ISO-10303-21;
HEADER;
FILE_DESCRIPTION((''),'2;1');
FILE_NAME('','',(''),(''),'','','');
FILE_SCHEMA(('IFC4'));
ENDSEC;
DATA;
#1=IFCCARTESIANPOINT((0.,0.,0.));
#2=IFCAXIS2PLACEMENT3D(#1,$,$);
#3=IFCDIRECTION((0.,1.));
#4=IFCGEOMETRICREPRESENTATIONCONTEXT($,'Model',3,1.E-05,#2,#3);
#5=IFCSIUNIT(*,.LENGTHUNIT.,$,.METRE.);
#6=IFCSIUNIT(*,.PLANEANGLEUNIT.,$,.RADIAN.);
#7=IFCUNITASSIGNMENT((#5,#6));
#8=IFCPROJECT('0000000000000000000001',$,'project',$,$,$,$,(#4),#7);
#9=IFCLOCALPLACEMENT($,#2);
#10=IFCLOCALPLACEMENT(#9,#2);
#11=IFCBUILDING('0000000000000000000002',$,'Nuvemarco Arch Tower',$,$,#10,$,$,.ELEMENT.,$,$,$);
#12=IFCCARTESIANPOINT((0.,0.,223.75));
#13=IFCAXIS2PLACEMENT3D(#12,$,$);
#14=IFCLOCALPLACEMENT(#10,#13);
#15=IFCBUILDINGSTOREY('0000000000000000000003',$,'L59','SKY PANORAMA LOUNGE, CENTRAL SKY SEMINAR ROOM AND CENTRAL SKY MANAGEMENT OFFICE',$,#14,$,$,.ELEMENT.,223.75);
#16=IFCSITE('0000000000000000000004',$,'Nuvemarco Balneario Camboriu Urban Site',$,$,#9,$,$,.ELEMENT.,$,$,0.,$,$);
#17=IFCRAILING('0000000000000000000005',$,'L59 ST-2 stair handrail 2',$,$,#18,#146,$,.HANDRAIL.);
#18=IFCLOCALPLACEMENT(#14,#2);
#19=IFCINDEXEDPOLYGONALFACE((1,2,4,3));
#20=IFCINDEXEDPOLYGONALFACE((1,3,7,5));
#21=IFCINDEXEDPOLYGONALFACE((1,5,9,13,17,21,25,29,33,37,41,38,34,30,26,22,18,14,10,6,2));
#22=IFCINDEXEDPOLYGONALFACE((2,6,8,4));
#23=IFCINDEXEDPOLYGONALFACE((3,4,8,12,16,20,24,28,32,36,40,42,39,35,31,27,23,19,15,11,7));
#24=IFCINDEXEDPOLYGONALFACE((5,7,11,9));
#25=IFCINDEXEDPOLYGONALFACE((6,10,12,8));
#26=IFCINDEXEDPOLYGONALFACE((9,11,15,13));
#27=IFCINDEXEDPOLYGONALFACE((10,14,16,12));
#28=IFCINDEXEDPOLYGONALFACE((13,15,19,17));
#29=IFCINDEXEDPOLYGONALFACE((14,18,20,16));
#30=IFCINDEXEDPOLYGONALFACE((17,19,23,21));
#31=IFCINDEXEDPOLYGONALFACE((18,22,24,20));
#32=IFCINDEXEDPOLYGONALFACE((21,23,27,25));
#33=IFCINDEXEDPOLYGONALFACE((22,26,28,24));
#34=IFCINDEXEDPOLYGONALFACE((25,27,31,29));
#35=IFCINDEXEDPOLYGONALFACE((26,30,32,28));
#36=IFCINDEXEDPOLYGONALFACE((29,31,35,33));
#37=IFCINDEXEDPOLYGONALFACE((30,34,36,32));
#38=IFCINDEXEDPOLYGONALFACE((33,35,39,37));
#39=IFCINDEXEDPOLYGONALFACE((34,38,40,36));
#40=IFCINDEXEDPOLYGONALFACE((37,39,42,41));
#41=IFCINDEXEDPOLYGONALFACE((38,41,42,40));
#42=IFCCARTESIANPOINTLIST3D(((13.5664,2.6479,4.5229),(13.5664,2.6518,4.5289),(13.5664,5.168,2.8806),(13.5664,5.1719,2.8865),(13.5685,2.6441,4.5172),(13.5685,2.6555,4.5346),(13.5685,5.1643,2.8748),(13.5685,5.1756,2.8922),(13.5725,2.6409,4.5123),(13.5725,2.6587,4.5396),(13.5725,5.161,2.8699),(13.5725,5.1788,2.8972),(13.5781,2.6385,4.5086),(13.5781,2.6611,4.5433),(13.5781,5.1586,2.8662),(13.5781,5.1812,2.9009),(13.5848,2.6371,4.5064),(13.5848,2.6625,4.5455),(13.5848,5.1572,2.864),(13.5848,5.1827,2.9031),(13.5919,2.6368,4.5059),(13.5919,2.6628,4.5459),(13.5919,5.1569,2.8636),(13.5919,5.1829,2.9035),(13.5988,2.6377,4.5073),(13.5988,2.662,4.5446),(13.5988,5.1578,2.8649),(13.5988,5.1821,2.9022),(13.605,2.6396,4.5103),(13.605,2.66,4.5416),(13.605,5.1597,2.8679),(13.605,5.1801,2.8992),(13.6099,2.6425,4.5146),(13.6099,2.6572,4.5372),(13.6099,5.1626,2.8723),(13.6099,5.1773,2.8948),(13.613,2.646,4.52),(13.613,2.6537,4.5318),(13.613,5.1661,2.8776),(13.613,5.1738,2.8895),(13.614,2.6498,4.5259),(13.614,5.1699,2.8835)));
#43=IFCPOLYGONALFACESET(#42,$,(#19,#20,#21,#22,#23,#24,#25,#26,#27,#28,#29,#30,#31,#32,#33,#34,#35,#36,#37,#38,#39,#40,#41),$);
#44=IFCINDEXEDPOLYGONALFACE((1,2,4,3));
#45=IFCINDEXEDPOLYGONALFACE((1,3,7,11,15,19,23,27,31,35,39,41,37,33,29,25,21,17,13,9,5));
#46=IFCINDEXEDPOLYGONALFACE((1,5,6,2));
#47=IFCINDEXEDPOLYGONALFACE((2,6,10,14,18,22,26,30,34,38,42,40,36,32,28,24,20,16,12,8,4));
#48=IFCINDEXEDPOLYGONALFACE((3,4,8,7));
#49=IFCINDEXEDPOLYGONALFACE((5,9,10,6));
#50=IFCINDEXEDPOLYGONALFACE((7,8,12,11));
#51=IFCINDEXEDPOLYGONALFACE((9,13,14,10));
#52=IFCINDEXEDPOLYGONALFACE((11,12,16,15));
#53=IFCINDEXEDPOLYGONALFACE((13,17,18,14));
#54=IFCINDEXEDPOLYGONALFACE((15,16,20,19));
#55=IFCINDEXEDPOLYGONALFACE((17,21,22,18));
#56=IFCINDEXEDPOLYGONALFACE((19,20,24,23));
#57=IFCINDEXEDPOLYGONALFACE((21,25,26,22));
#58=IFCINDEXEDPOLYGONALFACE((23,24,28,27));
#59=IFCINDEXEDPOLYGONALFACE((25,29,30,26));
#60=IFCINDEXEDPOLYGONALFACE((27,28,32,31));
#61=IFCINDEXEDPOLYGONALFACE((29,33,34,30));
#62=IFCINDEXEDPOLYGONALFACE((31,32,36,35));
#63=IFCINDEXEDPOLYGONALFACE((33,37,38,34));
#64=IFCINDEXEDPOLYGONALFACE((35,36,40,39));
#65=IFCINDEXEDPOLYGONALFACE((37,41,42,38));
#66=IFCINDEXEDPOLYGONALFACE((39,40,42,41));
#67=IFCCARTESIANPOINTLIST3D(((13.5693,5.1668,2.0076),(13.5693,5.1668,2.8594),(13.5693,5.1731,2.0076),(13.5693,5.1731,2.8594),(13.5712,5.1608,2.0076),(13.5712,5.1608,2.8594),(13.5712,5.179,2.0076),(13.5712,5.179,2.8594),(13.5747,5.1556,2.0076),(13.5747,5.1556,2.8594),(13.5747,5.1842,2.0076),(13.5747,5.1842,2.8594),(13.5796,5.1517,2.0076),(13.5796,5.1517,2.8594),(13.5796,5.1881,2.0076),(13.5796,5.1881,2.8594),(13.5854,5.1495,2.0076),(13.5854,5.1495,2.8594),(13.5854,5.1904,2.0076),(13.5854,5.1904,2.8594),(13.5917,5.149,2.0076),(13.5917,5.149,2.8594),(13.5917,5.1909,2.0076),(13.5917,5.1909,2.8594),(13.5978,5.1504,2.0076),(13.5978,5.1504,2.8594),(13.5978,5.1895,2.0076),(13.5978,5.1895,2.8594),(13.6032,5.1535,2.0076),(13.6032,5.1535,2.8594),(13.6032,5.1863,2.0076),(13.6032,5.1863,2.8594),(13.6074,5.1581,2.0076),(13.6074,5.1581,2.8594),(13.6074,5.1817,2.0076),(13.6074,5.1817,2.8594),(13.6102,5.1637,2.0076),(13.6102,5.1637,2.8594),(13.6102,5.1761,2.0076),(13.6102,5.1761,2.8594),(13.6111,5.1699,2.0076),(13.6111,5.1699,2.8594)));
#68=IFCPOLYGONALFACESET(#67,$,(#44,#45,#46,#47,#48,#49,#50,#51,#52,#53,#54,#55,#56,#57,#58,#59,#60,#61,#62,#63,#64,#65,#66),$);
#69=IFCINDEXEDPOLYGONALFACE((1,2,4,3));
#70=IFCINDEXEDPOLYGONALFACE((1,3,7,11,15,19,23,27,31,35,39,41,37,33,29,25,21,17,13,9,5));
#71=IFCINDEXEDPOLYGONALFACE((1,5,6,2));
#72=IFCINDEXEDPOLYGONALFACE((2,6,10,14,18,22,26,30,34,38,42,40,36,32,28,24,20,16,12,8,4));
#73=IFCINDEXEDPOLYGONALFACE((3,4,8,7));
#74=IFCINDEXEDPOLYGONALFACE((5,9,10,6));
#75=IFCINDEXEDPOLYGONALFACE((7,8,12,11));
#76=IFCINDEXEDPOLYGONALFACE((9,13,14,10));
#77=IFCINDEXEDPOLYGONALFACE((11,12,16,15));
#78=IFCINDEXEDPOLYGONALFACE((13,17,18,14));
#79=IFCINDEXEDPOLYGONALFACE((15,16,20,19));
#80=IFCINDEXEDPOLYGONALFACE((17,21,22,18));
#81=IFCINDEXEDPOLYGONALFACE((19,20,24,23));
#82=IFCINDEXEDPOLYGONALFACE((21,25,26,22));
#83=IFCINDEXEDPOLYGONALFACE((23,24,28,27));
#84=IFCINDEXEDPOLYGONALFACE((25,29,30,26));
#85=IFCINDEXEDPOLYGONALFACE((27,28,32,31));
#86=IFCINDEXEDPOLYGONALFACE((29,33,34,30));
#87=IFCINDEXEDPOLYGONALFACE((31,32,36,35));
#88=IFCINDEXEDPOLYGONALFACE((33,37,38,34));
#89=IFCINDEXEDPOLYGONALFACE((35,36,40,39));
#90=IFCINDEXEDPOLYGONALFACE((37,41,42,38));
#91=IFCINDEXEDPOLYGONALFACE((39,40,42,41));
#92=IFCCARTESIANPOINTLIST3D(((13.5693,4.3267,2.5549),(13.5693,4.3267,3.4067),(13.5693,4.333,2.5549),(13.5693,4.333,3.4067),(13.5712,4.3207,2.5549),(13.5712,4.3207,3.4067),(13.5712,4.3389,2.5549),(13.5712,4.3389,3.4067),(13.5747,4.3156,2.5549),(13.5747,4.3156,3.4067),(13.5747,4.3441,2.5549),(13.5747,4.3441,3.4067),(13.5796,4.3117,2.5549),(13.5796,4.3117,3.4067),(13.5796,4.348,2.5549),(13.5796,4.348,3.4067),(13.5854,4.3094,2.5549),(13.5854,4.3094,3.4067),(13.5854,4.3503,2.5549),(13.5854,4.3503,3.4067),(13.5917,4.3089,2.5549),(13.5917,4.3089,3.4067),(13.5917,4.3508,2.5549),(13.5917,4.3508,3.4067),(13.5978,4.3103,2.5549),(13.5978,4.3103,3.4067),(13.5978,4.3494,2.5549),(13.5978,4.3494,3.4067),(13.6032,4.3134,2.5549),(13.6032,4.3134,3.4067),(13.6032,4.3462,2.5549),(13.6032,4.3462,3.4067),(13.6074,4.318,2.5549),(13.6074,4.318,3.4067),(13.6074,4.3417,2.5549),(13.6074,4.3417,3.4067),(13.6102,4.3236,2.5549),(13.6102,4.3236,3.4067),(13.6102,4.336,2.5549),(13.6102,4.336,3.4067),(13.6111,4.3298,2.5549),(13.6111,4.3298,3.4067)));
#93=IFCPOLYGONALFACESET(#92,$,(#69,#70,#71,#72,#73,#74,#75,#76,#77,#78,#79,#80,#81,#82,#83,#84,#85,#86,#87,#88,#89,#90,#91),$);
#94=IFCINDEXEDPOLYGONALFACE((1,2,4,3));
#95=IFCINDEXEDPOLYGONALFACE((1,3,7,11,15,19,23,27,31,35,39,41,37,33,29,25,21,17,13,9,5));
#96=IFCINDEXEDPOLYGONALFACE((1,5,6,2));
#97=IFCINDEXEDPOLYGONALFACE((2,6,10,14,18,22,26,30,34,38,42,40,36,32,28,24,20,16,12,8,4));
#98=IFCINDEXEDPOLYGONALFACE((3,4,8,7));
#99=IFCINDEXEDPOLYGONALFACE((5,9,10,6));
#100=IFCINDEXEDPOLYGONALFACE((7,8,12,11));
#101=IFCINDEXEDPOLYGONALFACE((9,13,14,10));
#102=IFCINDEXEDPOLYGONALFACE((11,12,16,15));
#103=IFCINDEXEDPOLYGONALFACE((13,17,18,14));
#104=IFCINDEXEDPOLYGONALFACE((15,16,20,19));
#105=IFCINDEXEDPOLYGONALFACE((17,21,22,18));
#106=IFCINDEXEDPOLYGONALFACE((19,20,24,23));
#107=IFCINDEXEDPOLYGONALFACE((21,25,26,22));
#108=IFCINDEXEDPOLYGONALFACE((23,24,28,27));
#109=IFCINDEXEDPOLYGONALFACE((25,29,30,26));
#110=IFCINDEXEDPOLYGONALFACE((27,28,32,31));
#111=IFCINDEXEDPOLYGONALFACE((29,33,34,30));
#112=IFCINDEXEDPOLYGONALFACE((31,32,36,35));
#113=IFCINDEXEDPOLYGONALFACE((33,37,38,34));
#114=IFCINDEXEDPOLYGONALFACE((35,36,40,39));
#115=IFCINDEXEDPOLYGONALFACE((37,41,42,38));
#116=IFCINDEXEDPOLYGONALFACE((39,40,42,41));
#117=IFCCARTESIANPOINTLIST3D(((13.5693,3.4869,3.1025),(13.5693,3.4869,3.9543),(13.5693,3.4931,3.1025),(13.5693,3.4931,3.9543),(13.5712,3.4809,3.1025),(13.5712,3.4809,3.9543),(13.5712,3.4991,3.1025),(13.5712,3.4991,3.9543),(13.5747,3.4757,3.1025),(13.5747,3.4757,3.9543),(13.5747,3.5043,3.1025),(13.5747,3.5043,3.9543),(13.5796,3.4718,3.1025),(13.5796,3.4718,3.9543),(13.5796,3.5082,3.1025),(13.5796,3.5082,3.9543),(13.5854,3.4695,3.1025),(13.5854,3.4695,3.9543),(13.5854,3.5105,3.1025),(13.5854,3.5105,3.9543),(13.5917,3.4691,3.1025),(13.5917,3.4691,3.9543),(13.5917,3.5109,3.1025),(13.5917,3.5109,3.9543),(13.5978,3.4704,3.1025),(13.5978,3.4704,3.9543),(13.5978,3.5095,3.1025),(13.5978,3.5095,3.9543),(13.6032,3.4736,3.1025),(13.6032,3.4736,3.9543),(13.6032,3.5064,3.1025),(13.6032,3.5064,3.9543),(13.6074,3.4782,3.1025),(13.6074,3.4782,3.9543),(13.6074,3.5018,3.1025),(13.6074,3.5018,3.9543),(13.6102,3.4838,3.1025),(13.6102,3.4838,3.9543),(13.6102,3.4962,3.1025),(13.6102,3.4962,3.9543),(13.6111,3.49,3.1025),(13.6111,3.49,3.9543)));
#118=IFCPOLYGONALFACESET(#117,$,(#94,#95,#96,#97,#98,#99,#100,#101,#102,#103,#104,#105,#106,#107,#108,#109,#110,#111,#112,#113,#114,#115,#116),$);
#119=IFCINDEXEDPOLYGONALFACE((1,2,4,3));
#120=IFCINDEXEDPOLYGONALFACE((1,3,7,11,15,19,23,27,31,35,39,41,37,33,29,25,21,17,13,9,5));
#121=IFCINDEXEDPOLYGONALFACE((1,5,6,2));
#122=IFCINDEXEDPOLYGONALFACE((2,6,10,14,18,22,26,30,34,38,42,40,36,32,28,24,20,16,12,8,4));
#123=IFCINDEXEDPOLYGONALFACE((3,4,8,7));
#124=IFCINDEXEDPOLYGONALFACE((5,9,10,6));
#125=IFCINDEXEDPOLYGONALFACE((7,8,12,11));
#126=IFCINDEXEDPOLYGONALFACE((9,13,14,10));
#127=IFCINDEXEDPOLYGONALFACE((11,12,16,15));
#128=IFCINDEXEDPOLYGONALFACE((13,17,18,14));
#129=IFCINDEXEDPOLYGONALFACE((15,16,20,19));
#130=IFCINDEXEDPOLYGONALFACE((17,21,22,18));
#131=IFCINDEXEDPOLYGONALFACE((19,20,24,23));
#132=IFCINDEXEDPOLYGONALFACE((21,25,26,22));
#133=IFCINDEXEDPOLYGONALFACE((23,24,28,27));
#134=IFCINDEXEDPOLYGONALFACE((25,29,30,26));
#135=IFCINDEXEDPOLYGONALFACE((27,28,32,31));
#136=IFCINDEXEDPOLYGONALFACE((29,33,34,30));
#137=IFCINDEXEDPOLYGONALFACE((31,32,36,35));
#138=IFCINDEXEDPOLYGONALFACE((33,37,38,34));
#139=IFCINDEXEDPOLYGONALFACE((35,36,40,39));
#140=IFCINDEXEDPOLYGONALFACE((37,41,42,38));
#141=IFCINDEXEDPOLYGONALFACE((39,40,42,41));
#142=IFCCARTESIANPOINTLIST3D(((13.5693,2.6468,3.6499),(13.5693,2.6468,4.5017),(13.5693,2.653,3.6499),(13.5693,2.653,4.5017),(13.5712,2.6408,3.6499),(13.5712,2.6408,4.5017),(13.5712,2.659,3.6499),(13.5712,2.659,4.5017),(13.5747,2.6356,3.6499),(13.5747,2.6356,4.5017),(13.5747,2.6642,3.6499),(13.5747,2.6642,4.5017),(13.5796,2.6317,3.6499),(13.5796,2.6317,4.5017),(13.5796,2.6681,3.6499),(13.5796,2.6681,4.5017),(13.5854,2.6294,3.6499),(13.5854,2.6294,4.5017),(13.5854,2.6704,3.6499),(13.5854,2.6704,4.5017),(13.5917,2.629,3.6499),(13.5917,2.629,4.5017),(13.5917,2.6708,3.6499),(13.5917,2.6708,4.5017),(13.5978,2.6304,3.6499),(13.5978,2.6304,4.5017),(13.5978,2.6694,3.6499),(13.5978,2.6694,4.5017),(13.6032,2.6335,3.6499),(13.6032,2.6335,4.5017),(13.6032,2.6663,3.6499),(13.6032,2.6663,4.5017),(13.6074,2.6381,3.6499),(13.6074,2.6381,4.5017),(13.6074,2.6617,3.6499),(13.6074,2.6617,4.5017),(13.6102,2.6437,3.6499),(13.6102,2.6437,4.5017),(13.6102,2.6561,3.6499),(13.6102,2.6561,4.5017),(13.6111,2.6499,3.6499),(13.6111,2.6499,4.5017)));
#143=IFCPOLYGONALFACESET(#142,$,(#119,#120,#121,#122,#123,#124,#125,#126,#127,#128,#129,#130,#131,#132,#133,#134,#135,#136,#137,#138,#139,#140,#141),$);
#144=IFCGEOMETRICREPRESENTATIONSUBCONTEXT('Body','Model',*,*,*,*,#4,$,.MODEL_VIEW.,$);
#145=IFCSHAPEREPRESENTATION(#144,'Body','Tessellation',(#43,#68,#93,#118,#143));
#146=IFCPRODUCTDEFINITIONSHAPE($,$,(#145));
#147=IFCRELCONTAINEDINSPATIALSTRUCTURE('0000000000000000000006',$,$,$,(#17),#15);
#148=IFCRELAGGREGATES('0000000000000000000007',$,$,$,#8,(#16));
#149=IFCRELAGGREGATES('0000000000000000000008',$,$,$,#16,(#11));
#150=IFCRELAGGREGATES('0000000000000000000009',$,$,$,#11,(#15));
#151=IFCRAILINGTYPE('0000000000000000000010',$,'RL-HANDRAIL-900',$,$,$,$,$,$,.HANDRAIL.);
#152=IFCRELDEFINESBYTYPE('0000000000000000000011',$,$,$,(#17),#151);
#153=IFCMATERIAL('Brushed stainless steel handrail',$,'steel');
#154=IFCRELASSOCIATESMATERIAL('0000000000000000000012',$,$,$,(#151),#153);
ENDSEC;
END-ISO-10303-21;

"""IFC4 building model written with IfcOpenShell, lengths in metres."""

from ifc_helpers import new_model, si_unit, direction, frame, origin, origin_2d, place, context, subcontext, project, spatial, circle, extrude, material, type_object, element, save


model = new_model("IFC4")

# Units and contexts
model_context = context("Model", 3, precision=1e-05, world=origin(), true_north=direction((0.0, 1.0)))
body_context = subcontext(model_context, "Body", "Model", "MODEL_VIEW")
ifc_project = project(units=[si_unit("LENGTHUNIT", "METRE"), si_unit("PLANEANGLEUNIT", "RADIAN")], contexts=[model_context])

# Site, building, storey
site_placement = place(None, origin())
site = spatial("IfcSite", under=ifc_project, at=site_placement, Name="Nuvemarco Balneario Camboriu Urban Site", CompositionType="ELEMENT", RefElevation=0.0)
building_placement = place(site_placement, origin())
building = spatial("IfcBuilding", under=site, at=building_placement, Name="Nuvemarco Arch Tower", CompositionType="ELEMENT")
storey_placement = place(building_placement, frame((0.0, 0.0, 223.75)))
storey = spatial("IfcBuildingStorey", under=building, at=storey_placement, Name="L59", Description="SKY PANORAMA LOUNGE, CENTRAL SKY SEMINAR ROOM AND CENTRAL SKY MANAGEMENT OFFICE", CompositionType="ELEMENT", Elevation=223.75)

# Railing
ifc_material_1 = material(Name="Brushed stainless steel handrail", Category="steel")
railing_type_1 = type_object("IfcRailingType", Name="RL-HANDRAIL-900", PredefinedType="HANDRAIL", material=ifc_material_1)
railing_1_placement = place(storey_placement, frame((13.5901, 5.1699, 2.0076)))
element("IfcRailing", 1, at=railing_1_placement, inside=storey, type_object=railing_type_1, Name="L59 ST-2 stair handrail 2", PredefinedType="HANDRAIL", context=body_context, shape_type="SweptSolid", body=[
    extrude(circle(Radius=0.0239, at=origin_2d()), frame((0.0, 0.0, 0.876), z_axis=(0.0, -0.837787, 0.545998), x_axis=(1.0, 0.0, 0.0)), (0.0, 0.0, 1.0), 3.0081),
    extrude(circle(Radius=0.021, at=origin_2d()), origin(), (0.0, 0.0, 1.0), 0.8518),
    extrude(circle(Radius=0.021, at=origin_2d()), frame((0.0, -0.8401, 0.5474)), (0.0, 0.0, 1.0), 0.8518),
    extrude(circle(Radius=0.021, at=origin_2d()), frame((0.0, -1.6799, 1.095)), (0.0, 0.0, 1.0), 0.8518),
    extrude(circle(Radius=0.021, at=origin_2d()), frame((0.0, -2.52, 1.6423)), (0.0, 0.0, 1.0), 0.8518),
])

save(model, "model.ifc")
